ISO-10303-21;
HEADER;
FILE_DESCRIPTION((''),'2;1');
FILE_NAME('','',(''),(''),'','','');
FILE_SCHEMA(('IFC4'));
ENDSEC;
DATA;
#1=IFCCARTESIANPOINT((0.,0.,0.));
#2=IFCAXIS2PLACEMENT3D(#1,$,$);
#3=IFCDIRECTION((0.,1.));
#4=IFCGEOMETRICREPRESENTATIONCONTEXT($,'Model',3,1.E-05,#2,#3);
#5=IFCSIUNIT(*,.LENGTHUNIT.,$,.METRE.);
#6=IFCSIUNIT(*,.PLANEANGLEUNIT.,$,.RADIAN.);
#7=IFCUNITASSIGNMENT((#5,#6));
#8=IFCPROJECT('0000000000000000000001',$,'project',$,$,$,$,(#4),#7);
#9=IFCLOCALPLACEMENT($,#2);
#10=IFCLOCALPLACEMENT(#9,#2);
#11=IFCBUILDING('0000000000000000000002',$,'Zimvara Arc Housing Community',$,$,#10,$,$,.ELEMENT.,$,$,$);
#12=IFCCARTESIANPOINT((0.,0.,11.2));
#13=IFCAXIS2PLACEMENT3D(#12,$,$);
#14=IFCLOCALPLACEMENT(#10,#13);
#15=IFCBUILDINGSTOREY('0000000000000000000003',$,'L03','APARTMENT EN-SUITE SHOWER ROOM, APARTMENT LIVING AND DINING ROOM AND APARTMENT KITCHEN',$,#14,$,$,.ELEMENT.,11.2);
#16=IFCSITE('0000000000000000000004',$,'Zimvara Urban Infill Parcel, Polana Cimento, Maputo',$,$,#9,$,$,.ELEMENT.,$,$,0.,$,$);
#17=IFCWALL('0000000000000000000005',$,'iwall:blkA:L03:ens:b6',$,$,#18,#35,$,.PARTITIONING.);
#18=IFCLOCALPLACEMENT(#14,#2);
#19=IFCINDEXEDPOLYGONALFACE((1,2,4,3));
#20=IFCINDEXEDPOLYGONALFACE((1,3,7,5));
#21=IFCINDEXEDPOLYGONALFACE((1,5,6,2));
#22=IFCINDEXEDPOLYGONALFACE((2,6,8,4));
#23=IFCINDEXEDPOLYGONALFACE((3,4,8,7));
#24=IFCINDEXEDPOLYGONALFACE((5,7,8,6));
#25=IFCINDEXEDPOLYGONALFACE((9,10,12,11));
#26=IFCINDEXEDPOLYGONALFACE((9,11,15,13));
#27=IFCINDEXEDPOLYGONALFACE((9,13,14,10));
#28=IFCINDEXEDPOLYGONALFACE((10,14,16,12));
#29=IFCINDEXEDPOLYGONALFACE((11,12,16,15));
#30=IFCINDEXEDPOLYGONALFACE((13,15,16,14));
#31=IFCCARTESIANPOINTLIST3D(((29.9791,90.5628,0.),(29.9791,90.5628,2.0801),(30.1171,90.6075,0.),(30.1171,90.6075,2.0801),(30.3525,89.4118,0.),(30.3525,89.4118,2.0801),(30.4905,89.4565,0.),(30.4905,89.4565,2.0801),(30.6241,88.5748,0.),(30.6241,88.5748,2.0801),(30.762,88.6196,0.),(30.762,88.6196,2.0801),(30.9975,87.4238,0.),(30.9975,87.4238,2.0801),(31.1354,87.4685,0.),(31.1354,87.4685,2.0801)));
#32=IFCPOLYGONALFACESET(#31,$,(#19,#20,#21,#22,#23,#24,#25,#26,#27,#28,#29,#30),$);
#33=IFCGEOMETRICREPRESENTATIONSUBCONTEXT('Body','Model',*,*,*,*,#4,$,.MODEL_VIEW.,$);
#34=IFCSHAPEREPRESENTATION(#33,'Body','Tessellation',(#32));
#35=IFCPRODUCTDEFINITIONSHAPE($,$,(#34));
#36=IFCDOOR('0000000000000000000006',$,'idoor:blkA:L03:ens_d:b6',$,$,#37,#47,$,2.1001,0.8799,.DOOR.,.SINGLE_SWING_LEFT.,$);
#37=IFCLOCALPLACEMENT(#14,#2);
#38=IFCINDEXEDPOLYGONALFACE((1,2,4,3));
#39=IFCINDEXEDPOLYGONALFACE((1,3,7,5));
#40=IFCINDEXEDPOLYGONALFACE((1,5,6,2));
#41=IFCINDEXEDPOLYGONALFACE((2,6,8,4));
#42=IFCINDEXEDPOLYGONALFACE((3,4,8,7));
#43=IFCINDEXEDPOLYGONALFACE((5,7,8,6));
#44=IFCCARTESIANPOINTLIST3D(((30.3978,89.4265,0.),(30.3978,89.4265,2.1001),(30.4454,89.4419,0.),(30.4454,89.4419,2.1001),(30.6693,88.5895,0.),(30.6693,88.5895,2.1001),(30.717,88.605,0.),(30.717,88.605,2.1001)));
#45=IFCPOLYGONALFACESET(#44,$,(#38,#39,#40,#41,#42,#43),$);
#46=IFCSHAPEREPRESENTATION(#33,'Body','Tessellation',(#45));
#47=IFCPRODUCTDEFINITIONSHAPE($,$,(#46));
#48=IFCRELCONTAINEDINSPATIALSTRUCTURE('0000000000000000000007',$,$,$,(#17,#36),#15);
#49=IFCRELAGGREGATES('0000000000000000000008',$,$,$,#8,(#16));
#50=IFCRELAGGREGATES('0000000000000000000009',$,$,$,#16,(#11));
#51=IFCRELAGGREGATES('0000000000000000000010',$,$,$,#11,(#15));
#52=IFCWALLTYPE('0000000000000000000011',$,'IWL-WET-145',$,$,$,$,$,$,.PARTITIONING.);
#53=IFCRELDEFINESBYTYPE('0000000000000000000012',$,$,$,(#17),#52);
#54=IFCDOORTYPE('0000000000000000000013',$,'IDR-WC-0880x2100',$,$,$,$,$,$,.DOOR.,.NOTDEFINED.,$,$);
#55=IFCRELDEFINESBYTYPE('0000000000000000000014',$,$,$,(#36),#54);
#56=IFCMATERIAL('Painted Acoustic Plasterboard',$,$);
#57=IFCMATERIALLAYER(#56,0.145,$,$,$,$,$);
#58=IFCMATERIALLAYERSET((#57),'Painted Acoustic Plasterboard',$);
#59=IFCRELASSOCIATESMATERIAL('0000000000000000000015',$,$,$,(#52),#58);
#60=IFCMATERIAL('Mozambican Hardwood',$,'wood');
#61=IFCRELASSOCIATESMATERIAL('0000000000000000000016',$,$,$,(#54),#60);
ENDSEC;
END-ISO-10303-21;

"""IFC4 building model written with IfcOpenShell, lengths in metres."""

from ifc_helpers import new_model, si_unit, direction, frame, frame_2d, origin, place, context, subcontext, project, spatial, rectangle, extrude, material, layer, layer_set, type_object, element, fill, save


model = new_model("IFC4")

# Units and contexts
model_context = context("Model", 3, precision=1e-05, world=origin(), true_north=direction((0.0, 1.0)))
body_context = subcontext(model_context, "Body", "Model", "MODEL_VIEW")
ifc_project = project(units=[si_unit("LENGTHUNIT", "METRE"), si_unit("PLANEANGLEUNIT", "RADIAN")], contexts=[model_context])

# Site, building, storey
site_placement = place(None, origin())
site = spatial("IfcSite", under=ifc_project, at=site_placement, Name="Zimvara Urban Infill Parcel, Polana Cimento, Maputo", CompositionType="ELEMENT", RefElevation=0.0)
building_placement = place(site_placement, origin())
building = spatial("IfcBuilding", under=site, at=building_placement, Name="Zimvara Arc Housing Community", CompositionType="ELEMENT")
storey_placement = place(building_placement, frame((0.0, 0.0, 11.2)))
storey = spatial("IfcBuildingStorey", under=building, at=storey_placement, Name="L03", Description="APARTMENT EN-SUITE SHOWER ROOM, APARTMENT LIVING AND DINING ROOM AND APARTMENT KITCHEN", CompositionType="ELEMENT", Elevation=11.2)

# Wall, opening, door
ifc_material_1 = material(Name="Painted Acoustic Plasterboard")
ifc_layer_1 = layer(ifc_material_1, 0.145)
ifc_layer_set_1 = layer_set([ifc_layer_1], Name="Painted Acoustic Plasterboard")
wall_type_1 = type_object("IfcWallType", Name="IWL-WET-145", PredefinedType="PARTITIONING", material=ifc_layer_set_1)
wall_1_placement = place(storey_placement, frame((31.0664, 87.4463, 0.0), z_axis=(0.0, 0.0, 1.0), x_axis=(-0.308582, 0.951198, 0.0)))
wall_1 = element("IfcWall", 1, at=wall_1_placement, inside=storey, type_object=wall_type_1, Name="iwall:blkA:L03:ens:b6", PredefinedType="PARTITIONING", context=body_context, shape_type="SweptSolid", body=[
    extrude(rectangle(XDim=3.3, YDim=0.145, at=frame_2d((1.6499, 0.0))), origin(), (0.0, 0.0, 1.0), 2.0801),
])
opening_1_placement = place(wall_1_placement, frame((1.21, 0.0, 0.0)))
opening_1 = element("IfcOpeningElement", 2, at=opening_1_placement, cuts=wall_1, PredefinedType="OPENING", context=body_context, shape_type="SweptSolid", body=[
    extrude(rectangle(XDim=0.8799, YDim=2.1001, at=frame_2d((0.4399, 1.05))), frame((0.0, 0.0825, 0.0), z_axis=(0.0, -1.0, 0.0), x_axis=(1.0, 0.0, 0.0)), (0.0, 0.0, 1.0), 0.165),
])
ifc_material_2 = material(Name="Mozambican Hardwood", Category="wood")
door_type_1 = type_object("IfcDoorType", Name="IDR-WC-0880x2100", OperationType="NOTDEFINED", PredefinedType="DOOR", material=ifc_material_2)
door_1_placement = place(opening_1_placement, origin())
door_1 = element("IfcDoor", 3, at=door_1_placement, inside=storey, type_object=door_type_1, Name="idoor:blkA:L03:ens_d:b6", OperationType="SINGLE_SWING_LEFT", OverallHeight=2.1001, OverallWidth=0.8799, PredefinedType="DOOR", context=body_context, shape_type="SweptSolid", body=[
    extrude(rectangle(XDim=0.8799, YDim=2.1001, at=frame_2d((0.4399, 1.05))), frame((0.0, 0.0249, 0.0), z_axis=(0.0, -1.0, 0.0), x_axis=(1.0, 0.0, 0.0)), (0.0, 0.0, 1.0), 0.05),
])
fill(opening_1, door_1)

save(model, "model.ifc")
